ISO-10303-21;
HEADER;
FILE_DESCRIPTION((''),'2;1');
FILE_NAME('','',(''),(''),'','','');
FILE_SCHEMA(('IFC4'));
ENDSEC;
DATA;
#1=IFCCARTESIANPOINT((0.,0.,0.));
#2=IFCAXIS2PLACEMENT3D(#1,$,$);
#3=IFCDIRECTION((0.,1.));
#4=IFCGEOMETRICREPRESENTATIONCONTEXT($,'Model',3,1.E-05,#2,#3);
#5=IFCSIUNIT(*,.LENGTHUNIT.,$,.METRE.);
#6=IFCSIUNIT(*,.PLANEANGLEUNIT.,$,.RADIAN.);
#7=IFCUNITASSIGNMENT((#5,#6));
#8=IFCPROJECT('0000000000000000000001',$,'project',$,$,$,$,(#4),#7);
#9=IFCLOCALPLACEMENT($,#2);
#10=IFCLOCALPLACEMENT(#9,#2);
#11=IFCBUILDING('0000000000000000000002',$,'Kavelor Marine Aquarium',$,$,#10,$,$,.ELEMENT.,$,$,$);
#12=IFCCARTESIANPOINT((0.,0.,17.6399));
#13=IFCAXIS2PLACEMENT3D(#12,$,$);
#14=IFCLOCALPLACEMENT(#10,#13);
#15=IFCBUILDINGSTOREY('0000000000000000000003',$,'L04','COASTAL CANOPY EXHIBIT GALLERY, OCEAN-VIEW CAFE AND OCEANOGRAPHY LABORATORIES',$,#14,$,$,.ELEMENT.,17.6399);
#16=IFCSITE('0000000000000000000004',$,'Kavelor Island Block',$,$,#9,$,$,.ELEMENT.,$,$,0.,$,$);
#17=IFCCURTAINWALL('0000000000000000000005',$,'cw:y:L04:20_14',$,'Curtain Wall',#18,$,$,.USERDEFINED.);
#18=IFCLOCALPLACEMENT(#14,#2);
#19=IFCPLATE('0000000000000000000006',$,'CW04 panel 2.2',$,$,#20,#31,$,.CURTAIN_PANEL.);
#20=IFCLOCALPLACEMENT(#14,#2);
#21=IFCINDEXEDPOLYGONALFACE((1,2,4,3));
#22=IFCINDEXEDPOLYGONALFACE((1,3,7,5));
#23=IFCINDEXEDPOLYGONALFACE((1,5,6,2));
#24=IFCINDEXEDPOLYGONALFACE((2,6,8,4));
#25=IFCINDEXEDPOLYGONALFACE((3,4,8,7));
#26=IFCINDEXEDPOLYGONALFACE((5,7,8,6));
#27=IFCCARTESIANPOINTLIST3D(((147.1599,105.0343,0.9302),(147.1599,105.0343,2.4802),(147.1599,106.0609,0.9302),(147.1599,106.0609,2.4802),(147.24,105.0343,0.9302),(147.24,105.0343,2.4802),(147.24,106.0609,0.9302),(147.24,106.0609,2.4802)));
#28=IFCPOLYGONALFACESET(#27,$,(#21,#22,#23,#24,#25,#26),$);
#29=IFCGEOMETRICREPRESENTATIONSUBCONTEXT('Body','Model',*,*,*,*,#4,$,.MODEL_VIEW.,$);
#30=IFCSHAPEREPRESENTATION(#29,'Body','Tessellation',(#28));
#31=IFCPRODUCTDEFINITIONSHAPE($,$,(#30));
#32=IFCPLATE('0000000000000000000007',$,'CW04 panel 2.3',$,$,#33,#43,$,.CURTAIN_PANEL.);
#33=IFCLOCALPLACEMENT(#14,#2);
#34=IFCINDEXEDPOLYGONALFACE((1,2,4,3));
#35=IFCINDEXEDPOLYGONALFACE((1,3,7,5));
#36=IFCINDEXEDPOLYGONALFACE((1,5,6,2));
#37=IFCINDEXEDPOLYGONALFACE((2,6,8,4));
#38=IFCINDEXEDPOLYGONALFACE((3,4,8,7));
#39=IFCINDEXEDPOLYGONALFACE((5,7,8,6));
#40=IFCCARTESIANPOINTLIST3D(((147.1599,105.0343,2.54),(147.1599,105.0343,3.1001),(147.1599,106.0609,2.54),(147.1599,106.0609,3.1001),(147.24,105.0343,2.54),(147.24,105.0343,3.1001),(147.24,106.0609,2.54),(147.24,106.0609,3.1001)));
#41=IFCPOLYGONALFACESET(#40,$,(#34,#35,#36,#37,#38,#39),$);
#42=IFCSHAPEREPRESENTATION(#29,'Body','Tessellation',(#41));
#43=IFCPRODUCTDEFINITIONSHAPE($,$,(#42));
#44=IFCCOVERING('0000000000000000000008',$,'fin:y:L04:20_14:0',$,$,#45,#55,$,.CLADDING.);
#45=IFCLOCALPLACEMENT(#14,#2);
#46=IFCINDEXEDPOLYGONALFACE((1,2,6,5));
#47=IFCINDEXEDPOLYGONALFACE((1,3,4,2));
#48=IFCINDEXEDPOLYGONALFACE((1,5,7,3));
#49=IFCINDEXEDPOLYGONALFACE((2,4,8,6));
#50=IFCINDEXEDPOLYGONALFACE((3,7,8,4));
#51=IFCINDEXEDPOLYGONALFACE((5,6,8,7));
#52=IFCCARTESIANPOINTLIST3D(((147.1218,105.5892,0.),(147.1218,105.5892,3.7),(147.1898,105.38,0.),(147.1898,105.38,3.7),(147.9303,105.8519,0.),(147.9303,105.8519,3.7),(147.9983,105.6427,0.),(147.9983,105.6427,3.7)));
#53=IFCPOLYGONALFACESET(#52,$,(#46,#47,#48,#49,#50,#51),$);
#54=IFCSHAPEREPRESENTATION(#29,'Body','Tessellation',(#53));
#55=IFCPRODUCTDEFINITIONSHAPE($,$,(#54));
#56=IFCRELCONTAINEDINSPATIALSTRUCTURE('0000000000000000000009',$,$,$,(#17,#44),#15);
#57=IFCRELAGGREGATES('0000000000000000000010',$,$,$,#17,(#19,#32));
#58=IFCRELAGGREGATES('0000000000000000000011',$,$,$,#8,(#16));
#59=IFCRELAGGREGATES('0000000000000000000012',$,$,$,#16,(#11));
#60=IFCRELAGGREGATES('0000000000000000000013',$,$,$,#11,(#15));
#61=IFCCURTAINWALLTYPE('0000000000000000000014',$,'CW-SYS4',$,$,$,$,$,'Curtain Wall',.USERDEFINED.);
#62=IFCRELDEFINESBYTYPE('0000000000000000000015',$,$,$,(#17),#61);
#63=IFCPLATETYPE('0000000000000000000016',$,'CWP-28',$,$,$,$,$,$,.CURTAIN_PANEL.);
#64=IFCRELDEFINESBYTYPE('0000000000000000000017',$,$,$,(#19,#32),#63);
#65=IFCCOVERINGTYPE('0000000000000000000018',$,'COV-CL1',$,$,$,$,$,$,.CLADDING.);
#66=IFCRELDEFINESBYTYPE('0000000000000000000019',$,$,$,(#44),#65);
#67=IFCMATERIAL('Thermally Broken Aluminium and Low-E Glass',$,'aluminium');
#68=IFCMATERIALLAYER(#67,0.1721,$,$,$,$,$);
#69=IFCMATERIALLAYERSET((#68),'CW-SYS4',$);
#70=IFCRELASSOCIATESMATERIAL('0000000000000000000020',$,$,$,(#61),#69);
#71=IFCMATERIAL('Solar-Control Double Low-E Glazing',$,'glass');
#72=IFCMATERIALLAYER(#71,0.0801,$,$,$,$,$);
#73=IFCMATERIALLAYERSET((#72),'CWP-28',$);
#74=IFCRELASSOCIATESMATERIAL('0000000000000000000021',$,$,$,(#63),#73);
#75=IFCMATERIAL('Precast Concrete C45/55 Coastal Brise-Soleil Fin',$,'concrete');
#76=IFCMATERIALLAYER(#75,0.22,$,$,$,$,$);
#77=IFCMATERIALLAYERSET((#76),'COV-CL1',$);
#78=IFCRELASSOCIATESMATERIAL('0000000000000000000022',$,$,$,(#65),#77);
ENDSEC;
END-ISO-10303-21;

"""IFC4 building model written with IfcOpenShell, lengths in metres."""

from ifc_helpers import new_model, si_unit, direction, frame, origin, origin_2d, place, context, subcontext, project, spatial, rectangle, extrude, material, layer, layer_set, type_object, element, aggregate, save


model = new_model("IFC4")

# Units and contexts
model_context = context("Model", 3, precision=1e-05, world=origin(), true_north=direction((0.0, 1.0)))
body_context = subcontext(model_context, "Body", "Model", "MODEL_VIEW")
ifc_project = project(units=[si_unit("LENGTHUNIT", "METRE"), si_unit("PLANEANGLEUNIT", "RADIAN")], contexts=[model_context])

# Site, building, storey
site_placement = place(None, origin())
site = spatial("IfcSite", under=ifc_project, at=site_placement, Name="Kavelor Island Block", CompositionType="ELEMENT", RefElevation=0.0)
building_placement = place(site_placement, origin())
building = spatial("IfcBuilding", under=site, at=building_placement, Name="Kavelor Marine Aquarium", CompositionType="ELEMENT")
storey_placement = place(building_placement, frame((0.0, 0.0, 17.6399)))
storey = spatial("IfcBuildingStorey", under=building, at=storey_placement, Name="L04", Description="COASTAL CANOPY EXHIBIT GALLERY, OCEAN-VIEW CAFE AND OCEANOGRAPHY LABORATORIES", CompositionType="ELEMENT", Elevation=17.6399)

# Curtain wall
ifc_material_1 = material(Name="Thermally Broken Aluminium and Low-E Glass", Category="aluminium")
ifc_layer_1 = layer(ifc_material_1, 0.1721)
ifc_layer_set_1 = layer_set([ifc_layer_1], Name="CW-SYS4")
curtain_wall_type_1 = type_object("IfcCurtainWallType", Name="CW-SYS4", ElementType="Curtain Wall", PredefinedType="USERDEFINED", material=ifc_layer_set_1)
curtain_wall_1_placement = place(storey_placement, origin())
curtain_wall_1 = element("IfcCurtainWall", 1, at=curtain_wall_1_placement, inside=storey, type_object=curtain_wall_type_1, Name="cw:y:L04:20_14", ObjectType="Curtain Wall", PredefinedType="USERDEFINED")

# Plates
ifc_material_2 = material(Name="Solar-Control Double Low-E Glazing", Category="glass")
ifc_layer_2 = layer(ifc_material_2, 0.0801)
ifc_layer_set_2 = layer_set([ifc_layer_2], Name="CWP-28")
plate_type_1 = type_object("IfcPlateType", Name="CWP-28", PredefinedType="CURTAIN_PANEL", material=ifc_layer_set_2)
plate_1_placement = place(storey_placement, frame((147.2, 105.5476, 0.9302), z_axis=(0.0, 0.0, 1.0), x_axis=(0.0, 1.0, 0.0)))
plate_1 = element("IfcPlate", 2, at=plate_1_placement, type_object=plate_type_1, Name="CW04 panel 2.2", PredefinedType="CURTAIN_PANEL", context=body_context, shape_type="SweptSolid", body=[
    extrude(rectangle(XDim=1.0266, YDim=0.0801, at=origin_2d()), origin(), (0.0, 0.0, 1.0), 1.55),
])
plate_2_placement = place(storey_placement, frame((147.2, 105.5476, 2.54), z_axis=(0.0, 0.0, 1.0), x_axis=(0.0, 1.0, 0.0)))
plate_2 = element("IfcPlate", 3, at=plate_2_placement, type_object=plate_type_1, Name="CW04 panel 2.3", PredefinedType="CURTAIN_PANEL", context=body_context, shape_type="SweptSolid", body=[
    extrude(rectangle(XDim=1.0266, YDim=0.0801, at=origin_2d()), origin(), (0.0, 0.0, 1.0), 0.5601),
])
aggregate(curtain_wall_1, [plate_1, plate_2])

# Covering
ifc_material_3 = material(Name="Precast Concrete C45/55 Coastal Brise-Soleil Fin", Category="concrete")
ifc_layer_3 = layer(ifc_material_3, 0.22)
ifc_layer_set_3 = layer_set([ifc_layer_3], Name="COV-CL1")
covering_type = type_object("IfcCoveringType", Name="COV-CL1", PredefinedType="CLADDING", material=ifc_layer_set_3)
covering_placement = place(storey_placement, frame((147.5601, 105.616, 0.0), z_axis=(0.0, 0.0, 1.0), x_axis=(0.951057, 0.309017, 0.0)))
element("IfcCovering", 4, at=covering_placement, inside=storey, type_object=covering_type, Name="fin:y:L04:20_14:0", PredefinedType="CLADDING", context=body_context, shape_type="SweptSolid", body=[
    extrude(rectangle(XDim=0.8501, YDim=0.22, at=origin_2d()), origin(), (0.0, 0.0, 1.0), 3.7),
])

save(model, "model.ifc")
